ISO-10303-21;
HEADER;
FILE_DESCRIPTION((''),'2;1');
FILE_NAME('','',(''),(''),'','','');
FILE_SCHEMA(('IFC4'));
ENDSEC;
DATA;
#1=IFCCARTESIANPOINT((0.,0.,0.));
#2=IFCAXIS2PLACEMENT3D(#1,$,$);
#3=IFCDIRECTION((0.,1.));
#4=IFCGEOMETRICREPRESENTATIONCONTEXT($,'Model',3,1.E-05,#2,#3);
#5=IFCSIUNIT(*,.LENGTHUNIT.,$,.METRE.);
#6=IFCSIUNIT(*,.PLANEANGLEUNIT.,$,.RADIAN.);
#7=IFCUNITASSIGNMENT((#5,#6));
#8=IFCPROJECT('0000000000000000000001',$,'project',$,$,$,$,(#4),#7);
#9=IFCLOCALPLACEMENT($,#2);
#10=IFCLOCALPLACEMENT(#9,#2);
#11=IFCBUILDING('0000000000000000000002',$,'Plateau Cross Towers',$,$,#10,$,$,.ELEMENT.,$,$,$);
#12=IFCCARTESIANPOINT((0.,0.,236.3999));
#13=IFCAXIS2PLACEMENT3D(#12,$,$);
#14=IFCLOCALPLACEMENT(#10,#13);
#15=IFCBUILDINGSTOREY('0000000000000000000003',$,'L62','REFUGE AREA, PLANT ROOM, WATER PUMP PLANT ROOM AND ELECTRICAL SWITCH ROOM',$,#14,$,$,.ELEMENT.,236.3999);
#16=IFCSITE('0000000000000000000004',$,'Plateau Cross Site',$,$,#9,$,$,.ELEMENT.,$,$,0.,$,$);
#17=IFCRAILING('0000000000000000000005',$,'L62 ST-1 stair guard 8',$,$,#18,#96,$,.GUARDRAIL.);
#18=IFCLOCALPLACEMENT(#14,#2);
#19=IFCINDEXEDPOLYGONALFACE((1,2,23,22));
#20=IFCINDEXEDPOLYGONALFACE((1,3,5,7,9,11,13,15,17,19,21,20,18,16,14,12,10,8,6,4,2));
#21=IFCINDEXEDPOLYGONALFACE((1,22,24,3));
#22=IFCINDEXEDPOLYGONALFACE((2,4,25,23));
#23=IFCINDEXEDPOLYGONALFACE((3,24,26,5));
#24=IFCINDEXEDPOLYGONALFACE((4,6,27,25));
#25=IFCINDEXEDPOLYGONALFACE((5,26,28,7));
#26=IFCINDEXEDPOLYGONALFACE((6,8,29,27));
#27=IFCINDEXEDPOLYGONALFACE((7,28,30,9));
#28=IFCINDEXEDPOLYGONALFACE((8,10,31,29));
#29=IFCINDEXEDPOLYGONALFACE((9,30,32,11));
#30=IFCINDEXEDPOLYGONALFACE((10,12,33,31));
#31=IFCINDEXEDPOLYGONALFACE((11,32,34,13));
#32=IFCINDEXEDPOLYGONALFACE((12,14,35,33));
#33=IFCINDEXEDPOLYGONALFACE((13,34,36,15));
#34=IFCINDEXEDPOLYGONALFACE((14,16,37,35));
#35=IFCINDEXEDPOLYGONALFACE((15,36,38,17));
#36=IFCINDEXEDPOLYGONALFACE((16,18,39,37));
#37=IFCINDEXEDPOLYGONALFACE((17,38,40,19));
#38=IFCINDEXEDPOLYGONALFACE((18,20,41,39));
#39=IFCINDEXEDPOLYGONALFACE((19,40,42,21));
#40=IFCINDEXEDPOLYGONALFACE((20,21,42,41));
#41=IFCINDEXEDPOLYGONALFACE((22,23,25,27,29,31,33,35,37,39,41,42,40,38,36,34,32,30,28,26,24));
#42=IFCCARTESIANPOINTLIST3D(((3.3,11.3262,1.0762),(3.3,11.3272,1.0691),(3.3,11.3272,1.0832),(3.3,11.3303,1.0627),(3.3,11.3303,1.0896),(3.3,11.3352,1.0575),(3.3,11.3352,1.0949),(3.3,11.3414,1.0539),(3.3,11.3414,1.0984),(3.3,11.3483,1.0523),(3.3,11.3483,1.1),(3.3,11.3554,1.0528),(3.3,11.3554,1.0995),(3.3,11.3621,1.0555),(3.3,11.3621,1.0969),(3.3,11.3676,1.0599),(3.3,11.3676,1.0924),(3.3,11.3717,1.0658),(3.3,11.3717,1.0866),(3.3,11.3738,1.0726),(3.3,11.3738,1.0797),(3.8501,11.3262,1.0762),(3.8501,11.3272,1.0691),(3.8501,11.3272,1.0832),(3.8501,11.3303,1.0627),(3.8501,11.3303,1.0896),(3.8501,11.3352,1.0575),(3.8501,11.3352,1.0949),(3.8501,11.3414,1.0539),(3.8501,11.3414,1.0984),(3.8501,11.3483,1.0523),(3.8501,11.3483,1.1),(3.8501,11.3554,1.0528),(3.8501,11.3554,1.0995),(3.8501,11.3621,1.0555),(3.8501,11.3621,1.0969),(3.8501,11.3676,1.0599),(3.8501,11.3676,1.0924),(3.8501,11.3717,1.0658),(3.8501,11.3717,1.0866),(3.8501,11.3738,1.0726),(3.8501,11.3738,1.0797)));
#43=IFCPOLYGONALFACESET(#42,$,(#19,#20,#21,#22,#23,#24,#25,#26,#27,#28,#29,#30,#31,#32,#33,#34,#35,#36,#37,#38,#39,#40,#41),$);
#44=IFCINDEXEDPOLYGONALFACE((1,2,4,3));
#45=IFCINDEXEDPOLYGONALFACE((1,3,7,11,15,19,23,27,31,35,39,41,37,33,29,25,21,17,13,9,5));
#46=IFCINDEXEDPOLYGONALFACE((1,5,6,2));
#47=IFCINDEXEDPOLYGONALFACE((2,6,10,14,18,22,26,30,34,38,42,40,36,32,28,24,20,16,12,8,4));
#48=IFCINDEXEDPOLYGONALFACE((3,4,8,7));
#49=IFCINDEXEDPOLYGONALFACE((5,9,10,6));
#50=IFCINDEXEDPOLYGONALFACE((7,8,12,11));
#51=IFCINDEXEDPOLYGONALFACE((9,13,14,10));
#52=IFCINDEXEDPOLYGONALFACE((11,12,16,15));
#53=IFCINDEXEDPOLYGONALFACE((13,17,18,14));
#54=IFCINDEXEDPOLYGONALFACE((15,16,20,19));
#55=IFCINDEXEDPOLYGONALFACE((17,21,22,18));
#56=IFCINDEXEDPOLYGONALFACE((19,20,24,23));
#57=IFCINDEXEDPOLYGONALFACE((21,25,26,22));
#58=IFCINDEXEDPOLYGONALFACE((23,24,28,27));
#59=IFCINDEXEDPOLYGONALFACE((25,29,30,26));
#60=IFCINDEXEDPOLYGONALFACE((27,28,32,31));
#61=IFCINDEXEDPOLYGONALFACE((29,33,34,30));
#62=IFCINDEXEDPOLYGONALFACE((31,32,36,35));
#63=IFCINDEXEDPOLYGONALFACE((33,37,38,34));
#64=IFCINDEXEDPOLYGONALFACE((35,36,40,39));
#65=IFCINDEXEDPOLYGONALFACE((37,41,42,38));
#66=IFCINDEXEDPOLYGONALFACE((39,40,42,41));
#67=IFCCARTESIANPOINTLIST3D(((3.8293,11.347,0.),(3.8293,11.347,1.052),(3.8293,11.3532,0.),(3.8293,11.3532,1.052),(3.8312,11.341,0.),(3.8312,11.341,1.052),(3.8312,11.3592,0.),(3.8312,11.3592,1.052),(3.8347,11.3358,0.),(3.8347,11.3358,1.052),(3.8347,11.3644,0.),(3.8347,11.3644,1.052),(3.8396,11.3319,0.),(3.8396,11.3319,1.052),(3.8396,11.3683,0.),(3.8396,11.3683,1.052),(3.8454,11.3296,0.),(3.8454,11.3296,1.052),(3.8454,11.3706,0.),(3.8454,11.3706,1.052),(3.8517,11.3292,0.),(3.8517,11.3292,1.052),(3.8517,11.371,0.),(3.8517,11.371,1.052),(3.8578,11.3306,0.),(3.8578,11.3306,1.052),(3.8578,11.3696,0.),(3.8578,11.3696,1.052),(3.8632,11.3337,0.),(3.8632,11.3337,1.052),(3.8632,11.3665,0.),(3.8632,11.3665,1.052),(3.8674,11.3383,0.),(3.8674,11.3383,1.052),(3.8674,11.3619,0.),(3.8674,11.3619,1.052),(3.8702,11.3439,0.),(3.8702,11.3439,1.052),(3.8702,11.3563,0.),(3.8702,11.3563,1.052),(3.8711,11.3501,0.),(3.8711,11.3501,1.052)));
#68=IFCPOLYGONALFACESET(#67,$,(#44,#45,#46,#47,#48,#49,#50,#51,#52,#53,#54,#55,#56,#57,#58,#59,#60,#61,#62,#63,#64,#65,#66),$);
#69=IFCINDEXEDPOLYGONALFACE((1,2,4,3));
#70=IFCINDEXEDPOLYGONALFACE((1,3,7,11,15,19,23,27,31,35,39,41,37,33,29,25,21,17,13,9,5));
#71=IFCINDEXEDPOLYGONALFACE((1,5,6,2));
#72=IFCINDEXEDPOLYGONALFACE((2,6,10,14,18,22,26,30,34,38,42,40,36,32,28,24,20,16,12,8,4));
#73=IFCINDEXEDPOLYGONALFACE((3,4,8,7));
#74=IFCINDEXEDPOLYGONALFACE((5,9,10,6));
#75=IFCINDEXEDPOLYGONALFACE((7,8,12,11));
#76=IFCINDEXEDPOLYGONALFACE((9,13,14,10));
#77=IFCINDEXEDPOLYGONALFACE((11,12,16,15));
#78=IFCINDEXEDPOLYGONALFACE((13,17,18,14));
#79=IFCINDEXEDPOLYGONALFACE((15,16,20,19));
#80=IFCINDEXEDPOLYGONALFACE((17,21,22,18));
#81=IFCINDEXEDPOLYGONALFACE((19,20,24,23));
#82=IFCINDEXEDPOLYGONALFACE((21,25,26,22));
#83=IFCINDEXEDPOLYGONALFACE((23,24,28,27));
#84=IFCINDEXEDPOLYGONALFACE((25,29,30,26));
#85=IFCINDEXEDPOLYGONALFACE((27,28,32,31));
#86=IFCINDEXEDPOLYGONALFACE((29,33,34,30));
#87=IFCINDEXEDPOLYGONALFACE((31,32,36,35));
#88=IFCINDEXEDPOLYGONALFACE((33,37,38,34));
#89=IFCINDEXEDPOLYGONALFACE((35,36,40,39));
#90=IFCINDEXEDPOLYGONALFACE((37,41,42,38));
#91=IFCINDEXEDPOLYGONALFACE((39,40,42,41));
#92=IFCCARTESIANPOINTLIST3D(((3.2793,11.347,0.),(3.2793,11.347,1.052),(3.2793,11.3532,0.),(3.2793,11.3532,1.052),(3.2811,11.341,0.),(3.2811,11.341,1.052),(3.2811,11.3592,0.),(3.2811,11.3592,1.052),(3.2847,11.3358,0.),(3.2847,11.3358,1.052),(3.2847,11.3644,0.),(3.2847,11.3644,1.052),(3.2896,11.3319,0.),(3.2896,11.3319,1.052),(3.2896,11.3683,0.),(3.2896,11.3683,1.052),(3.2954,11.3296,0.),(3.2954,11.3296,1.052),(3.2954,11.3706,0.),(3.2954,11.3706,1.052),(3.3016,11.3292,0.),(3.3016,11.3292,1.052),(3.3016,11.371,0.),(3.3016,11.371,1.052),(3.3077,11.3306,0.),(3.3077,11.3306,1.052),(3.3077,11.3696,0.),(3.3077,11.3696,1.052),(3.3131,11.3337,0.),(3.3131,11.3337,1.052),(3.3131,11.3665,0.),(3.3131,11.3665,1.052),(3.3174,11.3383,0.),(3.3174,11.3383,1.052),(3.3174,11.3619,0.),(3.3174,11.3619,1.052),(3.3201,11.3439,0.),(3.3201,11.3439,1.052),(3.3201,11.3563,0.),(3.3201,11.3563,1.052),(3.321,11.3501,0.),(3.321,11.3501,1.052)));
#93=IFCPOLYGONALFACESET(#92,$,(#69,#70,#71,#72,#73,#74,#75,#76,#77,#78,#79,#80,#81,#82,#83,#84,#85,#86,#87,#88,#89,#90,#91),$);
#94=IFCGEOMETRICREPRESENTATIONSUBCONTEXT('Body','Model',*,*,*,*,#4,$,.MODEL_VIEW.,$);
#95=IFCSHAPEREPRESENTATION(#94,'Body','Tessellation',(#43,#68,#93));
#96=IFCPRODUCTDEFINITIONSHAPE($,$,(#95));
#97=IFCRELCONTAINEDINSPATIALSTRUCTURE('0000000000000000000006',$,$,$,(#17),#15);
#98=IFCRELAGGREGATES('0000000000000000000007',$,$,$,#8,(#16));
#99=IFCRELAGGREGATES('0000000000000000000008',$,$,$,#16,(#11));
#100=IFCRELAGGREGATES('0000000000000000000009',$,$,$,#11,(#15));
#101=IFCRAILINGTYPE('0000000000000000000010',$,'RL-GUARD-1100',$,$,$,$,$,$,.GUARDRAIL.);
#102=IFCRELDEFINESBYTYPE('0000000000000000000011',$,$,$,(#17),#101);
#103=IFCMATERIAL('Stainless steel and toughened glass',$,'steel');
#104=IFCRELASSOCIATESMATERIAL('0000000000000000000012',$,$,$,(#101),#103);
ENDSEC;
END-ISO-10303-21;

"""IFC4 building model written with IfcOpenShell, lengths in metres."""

from ifc_helpers import new_model, si_unit, direction, frame, origin, origin_2d, place, context, subcontext, project, spatial, circle, extrude, material, type_object, element, save


model = new_model("IFC4")

# Units and contexts
model_context = context("Model", 3, precision=1e-05, world=origin(), true_north=direction((0.0, 1.0)))
body_context = subcontext(model_context, "Body", "Model", "MODEL_VIEW")
ifc_project = project(units=[si_unit("LENGTHUNIT", "METRE"), si_unit("PLANEANGLEUNIT", "RADIAN")], contexts=[model_context])

# Site, building, storey
site_placement = place(None, origin())
site = spatial("IfcSite", under=ifc_project, at=site_placement, Name="Plateau Cross Site", CompositionType="ELEMENT", RefElevation=0.0)
building_placement = place(site_placement, origin())
building = spatial("IfcBuilding", under=site, at=building_placement, Name="Plateau Cross Towers", CompositionType="ELEMENT")
storey_placement = place(building_placement, frame((0.0, 0.0, 236.3999)))
storey = spatial("IfcBuildingStorey", under=building, at=storey_placement, Name="L62", Description="REFUGE AREA, PLANT ROOM, WATER PUMP PLANT ROOM AND ELECTRICAL SWITCH ROOM", CompositionType="ELEMENT", Elevation=236.3999)

# Railing
ifc_material_1 = material(Name="Stainless steel and toughened glass", Category="steel")
railing_type_1 = type_object("IfcRailingType", Name="RL-GUARD-1100", PredefinedType="GUARDRAIL", material=ifc_material_1)
railing_1_placement = place(storey_placement, frame((3.8501, 11.3501, 0.0)))
element("IfcRailing", 1, at=railing_1_placement, inside=storey, type_object=railing_type_1, Name="L62 ST-1 stair guard 8", PredefinedType="GUARDRAIL", context=body_context, shape_type="SweptSolid", body=[
    extrude(circle(Radius=0.0239, at=origin_2d()), frame((0.0, 0.0, 1.0762), z_axis=(-1.0, 0.0, 0.0), x_axis=(0.0, -1.0, 0.0)), (0.0, 0.0, 1.0), 0.55),
    extrude(circle(Radius=0.021, at=origin_2d()), origin(), (0.0, 0.0, 1.0), 1.052),
    extrude(circle(Radius=0.021, at=origin_2d()), frame((-0.55, 0.0, 0.0)), (0.0, 0.0, 1.0), 1.052),
])

save(model, "model.ifc")
